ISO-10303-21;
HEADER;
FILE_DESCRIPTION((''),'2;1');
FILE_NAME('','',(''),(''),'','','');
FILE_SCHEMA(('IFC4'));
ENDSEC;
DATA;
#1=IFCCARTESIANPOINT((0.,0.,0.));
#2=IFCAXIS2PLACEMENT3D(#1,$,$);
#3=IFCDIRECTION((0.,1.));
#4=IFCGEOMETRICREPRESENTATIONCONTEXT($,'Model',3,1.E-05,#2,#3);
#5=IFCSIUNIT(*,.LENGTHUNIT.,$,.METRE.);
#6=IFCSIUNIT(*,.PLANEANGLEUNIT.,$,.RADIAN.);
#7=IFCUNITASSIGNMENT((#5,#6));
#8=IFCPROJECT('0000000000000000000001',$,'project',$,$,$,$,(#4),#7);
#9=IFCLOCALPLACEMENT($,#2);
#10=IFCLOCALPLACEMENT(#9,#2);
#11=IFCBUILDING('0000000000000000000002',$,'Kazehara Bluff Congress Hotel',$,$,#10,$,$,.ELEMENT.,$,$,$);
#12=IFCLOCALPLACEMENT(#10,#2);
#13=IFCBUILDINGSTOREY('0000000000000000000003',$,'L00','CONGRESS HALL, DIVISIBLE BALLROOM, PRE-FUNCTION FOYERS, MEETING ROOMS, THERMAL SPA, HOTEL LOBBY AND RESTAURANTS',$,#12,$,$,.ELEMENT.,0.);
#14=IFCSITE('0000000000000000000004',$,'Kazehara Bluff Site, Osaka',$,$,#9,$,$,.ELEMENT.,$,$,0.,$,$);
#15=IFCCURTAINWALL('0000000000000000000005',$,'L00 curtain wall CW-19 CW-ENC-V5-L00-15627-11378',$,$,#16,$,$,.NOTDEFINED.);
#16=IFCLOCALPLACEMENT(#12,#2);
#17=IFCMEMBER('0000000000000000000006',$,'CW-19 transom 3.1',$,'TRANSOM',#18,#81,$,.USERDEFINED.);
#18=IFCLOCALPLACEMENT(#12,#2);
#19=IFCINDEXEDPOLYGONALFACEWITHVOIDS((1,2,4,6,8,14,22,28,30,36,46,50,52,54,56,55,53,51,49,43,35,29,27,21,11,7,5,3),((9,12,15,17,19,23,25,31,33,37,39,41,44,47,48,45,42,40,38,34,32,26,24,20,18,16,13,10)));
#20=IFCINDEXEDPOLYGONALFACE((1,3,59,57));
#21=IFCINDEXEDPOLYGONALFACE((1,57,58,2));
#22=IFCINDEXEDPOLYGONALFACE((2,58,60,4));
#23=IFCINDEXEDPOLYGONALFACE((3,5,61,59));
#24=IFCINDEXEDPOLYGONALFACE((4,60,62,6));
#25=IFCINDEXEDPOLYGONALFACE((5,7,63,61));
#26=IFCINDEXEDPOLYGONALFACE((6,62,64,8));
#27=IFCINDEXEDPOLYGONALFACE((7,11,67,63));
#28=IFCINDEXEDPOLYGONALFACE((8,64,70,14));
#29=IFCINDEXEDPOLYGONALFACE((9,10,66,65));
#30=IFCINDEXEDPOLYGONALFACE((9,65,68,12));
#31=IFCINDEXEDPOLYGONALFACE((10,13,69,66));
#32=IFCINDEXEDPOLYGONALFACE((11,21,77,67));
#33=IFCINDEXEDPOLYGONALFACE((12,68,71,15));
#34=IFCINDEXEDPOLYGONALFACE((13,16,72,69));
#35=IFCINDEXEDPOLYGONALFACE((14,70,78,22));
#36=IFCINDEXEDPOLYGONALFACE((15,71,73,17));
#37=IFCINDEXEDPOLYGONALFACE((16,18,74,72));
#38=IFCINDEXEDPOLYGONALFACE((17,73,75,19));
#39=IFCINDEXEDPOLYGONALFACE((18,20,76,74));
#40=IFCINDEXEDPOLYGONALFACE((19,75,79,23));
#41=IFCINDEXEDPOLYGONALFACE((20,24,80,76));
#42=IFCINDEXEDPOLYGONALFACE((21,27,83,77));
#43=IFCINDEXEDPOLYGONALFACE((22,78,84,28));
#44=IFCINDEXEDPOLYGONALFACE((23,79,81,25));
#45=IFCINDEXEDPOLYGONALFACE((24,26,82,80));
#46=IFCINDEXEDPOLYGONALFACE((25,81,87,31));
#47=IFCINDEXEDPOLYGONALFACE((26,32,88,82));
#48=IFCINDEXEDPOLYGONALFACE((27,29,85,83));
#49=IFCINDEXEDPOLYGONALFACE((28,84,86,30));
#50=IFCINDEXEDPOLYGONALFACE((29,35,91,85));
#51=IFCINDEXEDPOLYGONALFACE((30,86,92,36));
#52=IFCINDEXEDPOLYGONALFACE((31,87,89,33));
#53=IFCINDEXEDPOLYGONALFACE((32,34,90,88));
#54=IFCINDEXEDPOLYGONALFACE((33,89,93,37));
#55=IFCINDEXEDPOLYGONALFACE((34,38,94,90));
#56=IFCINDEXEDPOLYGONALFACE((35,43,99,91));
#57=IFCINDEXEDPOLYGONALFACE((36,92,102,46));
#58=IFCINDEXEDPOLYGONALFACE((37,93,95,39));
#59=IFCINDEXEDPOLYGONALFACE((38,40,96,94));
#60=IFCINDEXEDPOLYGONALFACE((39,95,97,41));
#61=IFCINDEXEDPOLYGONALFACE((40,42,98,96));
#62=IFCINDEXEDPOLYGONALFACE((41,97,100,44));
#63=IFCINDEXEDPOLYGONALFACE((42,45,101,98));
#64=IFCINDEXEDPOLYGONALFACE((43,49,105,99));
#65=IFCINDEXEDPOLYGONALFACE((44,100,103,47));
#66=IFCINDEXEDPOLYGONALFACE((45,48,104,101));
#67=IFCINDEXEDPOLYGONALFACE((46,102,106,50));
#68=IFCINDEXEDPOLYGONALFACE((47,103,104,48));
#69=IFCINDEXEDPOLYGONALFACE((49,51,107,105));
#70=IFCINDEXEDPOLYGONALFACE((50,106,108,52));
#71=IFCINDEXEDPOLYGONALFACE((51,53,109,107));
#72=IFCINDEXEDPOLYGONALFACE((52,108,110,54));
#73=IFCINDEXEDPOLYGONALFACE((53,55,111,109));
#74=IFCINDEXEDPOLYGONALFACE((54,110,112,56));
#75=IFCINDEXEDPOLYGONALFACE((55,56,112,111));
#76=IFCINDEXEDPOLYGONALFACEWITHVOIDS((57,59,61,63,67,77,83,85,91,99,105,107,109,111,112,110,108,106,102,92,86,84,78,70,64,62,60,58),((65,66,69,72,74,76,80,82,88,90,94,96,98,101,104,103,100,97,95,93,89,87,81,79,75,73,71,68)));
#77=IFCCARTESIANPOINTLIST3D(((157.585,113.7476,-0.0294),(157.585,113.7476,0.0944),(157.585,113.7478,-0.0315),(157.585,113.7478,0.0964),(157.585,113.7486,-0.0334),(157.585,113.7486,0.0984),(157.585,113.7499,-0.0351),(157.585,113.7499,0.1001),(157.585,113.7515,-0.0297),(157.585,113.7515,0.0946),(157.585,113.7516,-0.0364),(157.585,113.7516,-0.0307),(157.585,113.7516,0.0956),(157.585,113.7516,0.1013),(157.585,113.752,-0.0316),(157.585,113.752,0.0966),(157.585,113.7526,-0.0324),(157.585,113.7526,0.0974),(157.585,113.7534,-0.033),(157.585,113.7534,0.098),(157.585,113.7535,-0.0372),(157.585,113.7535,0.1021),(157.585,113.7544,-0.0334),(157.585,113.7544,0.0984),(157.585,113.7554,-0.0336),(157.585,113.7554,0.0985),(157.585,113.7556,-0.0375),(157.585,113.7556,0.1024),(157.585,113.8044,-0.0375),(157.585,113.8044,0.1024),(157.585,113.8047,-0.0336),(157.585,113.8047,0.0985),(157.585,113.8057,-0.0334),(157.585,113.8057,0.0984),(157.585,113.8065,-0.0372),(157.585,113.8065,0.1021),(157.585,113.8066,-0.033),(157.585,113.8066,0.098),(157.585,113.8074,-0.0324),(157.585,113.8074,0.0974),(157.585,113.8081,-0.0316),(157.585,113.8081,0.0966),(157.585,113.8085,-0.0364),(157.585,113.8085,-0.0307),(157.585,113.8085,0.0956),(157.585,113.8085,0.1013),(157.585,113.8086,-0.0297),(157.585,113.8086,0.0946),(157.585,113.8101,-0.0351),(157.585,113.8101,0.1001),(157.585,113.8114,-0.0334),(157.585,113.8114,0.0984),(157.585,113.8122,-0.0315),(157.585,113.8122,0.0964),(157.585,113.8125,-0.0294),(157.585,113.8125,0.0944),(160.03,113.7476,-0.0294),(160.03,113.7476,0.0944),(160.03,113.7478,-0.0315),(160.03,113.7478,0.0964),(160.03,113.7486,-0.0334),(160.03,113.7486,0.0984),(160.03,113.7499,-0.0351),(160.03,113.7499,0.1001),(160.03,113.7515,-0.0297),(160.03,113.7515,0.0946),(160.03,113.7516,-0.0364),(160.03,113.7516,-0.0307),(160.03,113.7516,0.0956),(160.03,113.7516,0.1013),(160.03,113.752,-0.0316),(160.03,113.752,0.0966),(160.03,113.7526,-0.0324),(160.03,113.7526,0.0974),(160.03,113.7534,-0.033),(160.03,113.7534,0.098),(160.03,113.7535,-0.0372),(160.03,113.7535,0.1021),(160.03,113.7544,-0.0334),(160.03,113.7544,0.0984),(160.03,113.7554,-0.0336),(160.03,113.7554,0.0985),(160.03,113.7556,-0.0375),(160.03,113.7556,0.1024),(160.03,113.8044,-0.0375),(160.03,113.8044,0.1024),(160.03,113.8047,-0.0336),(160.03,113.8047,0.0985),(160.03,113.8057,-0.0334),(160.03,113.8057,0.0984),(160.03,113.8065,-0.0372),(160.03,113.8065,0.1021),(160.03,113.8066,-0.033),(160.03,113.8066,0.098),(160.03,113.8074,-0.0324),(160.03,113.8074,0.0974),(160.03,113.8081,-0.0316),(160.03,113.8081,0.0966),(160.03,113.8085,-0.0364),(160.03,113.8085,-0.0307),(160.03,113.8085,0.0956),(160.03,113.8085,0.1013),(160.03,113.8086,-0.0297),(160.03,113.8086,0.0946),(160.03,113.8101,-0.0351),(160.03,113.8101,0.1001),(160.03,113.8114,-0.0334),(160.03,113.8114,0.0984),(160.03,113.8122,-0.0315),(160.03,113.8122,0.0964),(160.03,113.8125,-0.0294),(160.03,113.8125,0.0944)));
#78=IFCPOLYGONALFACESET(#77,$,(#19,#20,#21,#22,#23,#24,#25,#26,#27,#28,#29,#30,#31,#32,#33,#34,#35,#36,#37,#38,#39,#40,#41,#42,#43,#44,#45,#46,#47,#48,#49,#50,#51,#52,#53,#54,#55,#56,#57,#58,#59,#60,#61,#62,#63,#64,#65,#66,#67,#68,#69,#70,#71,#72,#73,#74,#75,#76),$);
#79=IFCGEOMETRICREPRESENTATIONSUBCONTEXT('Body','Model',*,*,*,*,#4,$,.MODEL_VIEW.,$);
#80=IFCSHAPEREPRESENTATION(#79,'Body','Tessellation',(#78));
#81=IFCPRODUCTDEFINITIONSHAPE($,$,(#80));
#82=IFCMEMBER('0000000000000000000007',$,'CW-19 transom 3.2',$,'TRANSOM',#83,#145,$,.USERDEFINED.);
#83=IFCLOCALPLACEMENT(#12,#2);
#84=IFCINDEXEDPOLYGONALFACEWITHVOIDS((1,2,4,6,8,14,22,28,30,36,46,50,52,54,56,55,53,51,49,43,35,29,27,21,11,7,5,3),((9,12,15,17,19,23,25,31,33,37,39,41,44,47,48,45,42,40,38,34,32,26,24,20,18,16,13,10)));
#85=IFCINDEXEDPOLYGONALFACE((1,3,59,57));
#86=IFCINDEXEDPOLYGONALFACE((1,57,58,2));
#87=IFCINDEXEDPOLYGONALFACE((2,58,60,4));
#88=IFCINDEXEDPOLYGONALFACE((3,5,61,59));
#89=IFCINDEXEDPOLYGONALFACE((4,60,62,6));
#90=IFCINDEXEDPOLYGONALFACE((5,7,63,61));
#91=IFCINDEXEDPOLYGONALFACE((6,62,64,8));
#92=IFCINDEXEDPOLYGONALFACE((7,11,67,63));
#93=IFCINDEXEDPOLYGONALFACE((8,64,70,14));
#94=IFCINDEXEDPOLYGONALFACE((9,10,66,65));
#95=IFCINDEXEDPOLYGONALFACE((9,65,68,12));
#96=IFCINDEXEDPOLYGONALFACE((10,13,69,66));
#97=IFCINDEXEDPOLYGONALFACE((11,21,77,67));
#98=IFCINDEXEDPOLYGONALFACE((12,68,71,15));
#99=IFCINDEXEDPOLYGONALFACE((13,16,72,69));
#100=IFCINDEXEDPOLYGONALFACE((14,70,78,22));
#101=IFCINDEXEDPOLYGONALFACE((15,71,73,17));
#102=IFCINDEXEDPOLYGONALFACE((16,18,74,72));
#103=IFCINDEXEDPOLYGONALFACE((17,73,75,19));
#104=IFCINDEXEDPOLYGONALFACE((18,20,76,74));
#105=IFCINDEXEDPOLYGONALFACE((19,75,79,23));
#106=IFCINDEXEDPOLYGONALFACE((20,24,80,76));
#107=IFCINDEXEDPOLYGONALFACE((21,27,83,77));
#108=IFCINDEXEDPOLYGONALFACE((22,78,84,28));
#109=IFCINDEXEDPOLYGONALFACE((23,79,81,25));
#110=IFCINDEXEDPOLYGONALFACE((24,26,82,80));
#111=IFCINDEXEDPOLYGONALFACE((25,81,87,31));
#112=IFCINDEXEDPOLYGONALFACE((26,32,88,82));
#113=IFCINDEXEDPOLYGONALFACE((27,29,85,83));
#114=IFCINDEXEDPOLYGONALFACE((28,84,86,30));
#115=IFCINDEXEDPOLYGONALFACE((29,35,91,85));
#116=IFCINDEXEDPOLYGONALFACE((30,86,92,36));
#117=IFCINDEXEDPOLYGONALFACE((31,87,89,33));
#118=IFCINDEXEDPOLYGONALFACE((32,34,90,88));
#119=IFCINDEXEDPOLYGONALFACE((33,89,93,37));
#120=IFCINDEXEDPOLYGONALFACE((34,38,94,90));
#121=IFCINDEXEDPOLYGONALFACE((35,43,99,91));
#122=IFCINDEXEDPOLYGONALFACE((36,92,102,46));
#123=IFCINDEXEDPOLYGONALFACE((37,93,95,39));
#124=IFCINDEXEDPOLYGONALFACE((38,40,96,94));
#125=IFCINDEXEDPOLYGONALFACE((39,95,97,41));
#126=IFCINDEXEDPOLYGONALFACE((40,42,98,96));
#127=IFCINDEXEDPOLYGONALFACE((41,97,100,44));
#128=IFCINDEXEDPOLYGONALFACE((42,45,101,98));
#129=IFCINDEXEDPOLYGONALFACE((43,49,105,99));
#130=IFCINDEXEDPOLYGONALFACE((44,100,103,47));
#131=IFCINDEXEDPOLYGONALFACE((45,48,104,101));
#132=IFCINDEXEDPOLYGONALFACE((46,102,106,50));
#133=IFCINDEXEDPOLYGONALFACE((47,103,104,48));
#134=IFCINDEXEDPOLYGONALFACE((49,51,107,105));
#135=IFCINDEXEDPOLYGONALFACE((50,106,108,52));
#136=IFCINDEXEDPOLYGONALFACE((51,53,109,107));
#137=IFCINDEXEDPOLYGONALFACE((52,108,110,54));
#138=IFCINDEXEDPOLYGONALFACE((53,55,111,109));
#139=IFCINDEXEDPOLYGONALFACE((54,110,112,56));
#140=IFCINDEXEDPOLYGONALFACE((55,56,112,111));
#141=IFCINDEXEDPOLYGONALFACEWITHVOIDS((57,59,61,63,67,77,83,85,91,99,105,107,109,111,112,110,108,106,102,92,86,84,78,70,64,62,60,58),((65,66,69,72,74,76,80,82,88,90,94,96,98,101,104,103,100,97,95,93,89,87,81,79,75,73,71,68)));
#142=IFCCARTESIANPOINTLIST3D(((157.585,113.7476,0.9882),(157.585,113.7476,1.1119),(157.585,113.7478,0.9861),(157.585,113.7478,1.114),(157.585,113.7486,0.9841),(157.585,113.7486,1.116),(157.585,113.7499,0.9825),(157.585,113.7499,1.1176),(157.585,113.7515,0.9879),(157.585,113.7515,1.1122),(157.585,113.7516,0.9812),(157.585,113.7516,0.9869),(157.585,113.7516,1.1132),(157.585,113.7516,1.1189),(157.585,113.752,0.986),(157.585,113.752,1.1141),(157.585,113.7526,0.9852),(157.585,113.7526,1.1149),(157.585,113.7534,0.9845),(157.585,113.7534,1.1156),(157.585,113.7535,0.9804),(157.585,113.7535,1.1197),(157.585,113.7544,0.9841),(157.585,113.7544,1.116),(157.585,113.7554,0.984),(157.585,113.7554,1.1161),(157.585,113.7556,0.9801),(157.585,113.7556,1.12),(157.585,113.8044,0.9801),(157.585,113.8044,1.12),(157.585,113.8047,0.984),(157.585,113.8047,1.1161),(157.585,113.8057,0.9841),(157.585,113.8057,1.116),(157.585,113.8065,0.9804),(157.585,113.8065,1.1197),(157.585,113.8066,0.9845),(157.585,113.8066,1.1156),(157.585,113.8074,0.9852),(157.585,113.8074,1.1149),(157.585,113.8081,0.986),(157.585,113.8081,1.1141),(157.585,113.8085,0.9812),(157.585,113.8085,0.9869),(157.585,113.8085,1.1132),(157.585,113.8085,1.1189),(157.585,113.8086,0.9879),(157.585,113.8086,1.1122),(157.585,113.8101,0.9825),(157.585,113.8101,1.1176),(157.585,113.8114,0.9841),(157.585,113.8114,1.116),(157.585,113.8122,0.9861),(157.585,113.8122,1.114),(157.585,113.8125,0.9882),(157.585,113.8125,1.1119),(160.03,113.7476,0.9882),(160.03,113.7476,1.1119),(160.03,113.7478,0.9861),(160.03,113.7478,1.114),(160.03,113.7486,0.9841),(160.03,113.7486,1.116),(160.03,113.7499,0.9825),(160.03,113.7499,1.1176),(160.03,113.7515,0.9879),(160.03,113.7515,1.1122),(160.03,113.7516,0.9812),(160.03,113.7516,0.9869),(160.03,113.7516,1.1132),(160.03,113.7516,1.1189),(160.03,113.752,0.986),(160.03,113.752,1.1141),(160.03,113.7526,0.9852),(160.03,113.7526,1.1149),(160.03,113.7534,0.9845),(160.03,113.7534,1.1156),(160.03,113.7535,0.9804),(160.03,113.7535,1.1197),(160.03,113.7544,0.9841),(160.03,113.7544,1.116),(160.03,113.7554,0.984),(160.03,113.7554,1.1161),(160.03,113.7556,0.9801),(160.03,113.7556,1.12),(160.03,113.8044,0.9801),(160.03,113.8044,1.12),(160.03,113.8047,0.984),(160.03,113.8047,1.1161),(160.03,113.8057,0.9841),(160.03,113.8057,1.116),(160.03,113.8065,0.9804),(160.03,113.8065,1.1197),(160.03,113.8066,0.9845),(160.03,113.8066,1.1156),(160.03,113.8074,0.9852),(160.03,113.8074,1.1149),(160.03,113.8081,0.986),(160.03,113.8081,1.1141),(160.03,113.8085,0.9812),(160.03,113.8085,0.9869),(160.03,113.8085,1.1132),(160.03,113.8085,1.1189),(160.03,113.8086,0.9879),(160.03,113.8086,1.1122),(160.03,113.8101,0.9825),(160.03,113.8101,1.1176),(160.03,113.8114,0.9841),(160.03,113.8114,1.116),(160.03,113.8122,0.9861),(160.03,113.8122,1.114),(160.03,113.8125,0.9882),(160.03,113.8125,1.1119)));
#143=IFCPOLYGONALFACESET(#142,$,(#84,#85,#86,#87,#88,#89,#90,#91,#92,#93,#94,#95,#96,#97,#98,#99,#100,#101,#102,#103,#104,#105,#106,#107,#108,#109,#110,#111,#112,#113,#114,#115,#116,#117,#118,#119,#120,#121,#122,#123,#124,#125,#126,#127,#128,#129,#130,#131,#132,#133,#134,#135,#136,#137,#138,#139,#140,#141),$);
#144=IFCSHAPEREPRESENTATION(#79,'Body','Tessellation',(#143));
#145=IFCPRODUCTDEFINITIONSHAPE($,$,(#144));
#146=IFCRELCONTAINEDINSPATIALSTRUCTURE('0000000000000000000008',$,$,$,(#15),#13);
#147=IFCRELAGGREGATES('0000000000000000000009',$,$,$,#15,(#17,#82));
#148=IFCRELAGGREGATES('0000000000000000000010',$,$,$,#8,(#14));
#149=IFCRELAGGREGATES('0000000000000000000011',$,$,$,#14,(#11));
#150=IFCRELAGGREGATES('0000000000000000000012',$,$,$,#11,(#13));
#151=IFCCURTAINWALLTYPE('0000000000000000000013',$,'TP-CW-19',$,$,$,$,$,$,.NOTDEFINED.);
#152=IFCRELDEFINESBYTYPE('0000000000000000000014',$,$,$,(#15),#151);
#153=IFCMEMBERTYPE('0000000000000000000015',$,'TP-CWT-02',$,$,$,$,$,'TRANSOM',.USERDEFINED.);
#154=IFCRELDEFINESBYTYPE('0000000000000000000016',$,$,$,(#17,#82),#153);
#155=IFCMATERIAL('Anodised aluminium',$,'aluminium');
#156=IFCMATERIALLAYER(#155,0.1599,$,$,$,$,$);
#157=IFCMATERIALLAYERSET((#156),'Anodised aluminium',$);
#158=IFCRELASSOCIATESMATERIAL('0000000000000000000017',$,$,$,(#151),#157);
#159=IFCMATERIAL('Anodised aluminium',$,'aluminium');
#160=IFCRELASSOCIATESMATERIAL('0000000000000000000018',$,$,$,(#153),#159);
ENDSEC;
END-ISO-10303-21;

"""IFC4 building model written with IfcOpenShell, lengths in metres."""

from ifc_helpers import new_model, si_unit, direction, frame, origin, origin_2d, place, context, subcontext, project, spatial, hollow_rectangle, extrude, material, layer, layer_set, material_profile, profile_set, type_object, element, aggregate, save


model = new_model("IFC4")

# Units and contexts
model_context = context("Model", 3, precision=1e-05, world=origin(), true_north=direction((0.0, 1.0)))
body_context = subcontext(model_context, "Body", "Model", "MODEL_VIEW")
ifc_project = project(units=[si_unit("LENGTHUNIT", "METRE"), si_unit("PLANEANGLEUNIT", "RADIAN")], contexts=[model_context])

# Site, building, storey
site_placement = place(None, origin())
site = spatial("IfcSite", under=ifc_project, at=site_placement, Name="Kazehara Bluff Site, Osaka", CompositionType="ELEMENT", RefElevation=0.0)
building_placement = place(site_placement, origin())
building = spatial("IfcBuilding", under=site, at=building_placement, Name="Kazehara Bluff Congress Hotel", CompositionType="ELEMENT")
storey_placement = place(building_placement, origin())
storey = spatial("IfcBuildingStorey", under=building, at=storey_placement, Name="L00", Description="CONGRESS HALL, DIVISIBLE BALLROOM, PRE-FUNCTION FOYERS, MEETING ROOMS, THERMAL SPA, HOTEL LOBBY AND RESTAURANTS", CompositionType="ELEMENT", Elevation=0.0)

# Shared definitions
ifc_material_1 = material(Name="Anodised aluminium", Category="aluminium")
ifc_layer_1 = layer(ifc_material_1, 0.1599)
ifc_layer_set_1 = layer_set([ifc_layer_1], Name="Anodised aluminium")
curtain_wall_type = type_object("IfcCurtainWallType", Name="TP-CW-19", PredefinedType="NOTDEFINED", material=ifc_layer_set_1)

# Curtain wall, members
curtain_wall_1_placement = place(storey_placement, origin())
curtain_wall_1 = element("IfcCurtainWall", 1, at=curtain_wall_1_placement, inside=storey, type_object=curtain_wall_type, Name="L00 curtain wall CW-19 CW-ENC-V5-L00-15627-11378", PredefinedType="NOTDEFINED")
ifc_material_2 = material(Name="Anodised aluminium", Category="aluminium")
ifc_material_profile_1 = material_profile(ifc_material_2, hollow_rectangle(XDim=0.0649, YDim=0.1399, WallThickness=0.0039, InnerFilletRadius=0.0039, OuterFilletRadius=0.0081, at=origin_2d()))
ifc_profile_set_1 = profile_set([ifc_material_profile_1], Name="Anodised aluminium")
member_type_1 = type_object("IfcMemberType", Name="TP-CWT-02", ElementType="TRANSOM", PredefinedType="USERDEFINED", material=ifc_profile_set_1)
member_1_placement = place(storey_placement, frame((157.585, 113.78, 0.0325), z_axis=(1.0, 0.0, 0.0), x_axis=(0.0, 1.0, 0.0)))
member_1 = element("IfcMember", 2, at=member_1_placement, type_object=member_type_1, Name="CW-19 transom 3.1", ObjectType="TRANSOM", PredefinedType="USERDEFINED", context=body_context, shape_type="SweptSolid", body=[
    extrude(hollow_rectangle(XDim=0.0649, YDim=0.1399, WallThickness=0.0039, InnerFilletRadius=0.0039, OuterFilletRadius=0.0081, at=origin_2d()), origin(), (0.0, 0.0, 1.0), 2.4451),
])
member_2_placement = place(storey_placement, frame((157.585, 113.78, 1.05), z_axis=(1.0, 0.0, 0.0), x_axis=(0.0, 1.0, 0.0)))
member_2 = element("IfcMember", 3, at=member_2_placement, type_object=member_type_1, Name="CW-19 transom 3.2", ObjectType="TRANSOM", PredefinedType="USERDEFINED", context=body_context, shape_type="SweptSolid", body=[
    extrude(hollow_rectangle(XDim=0.0649, YDim=0.1399, WallThickness=0.0039, InnerFilletRadius=0.0039, OuterFilletRadius=0.0081, at=origin_2d()), origin(), (0.0, 0.0, 1.0), 2.4451),
])

aggregate(curtain_wall_1, [member_1, member_2])

save(model, "model.ifc")
